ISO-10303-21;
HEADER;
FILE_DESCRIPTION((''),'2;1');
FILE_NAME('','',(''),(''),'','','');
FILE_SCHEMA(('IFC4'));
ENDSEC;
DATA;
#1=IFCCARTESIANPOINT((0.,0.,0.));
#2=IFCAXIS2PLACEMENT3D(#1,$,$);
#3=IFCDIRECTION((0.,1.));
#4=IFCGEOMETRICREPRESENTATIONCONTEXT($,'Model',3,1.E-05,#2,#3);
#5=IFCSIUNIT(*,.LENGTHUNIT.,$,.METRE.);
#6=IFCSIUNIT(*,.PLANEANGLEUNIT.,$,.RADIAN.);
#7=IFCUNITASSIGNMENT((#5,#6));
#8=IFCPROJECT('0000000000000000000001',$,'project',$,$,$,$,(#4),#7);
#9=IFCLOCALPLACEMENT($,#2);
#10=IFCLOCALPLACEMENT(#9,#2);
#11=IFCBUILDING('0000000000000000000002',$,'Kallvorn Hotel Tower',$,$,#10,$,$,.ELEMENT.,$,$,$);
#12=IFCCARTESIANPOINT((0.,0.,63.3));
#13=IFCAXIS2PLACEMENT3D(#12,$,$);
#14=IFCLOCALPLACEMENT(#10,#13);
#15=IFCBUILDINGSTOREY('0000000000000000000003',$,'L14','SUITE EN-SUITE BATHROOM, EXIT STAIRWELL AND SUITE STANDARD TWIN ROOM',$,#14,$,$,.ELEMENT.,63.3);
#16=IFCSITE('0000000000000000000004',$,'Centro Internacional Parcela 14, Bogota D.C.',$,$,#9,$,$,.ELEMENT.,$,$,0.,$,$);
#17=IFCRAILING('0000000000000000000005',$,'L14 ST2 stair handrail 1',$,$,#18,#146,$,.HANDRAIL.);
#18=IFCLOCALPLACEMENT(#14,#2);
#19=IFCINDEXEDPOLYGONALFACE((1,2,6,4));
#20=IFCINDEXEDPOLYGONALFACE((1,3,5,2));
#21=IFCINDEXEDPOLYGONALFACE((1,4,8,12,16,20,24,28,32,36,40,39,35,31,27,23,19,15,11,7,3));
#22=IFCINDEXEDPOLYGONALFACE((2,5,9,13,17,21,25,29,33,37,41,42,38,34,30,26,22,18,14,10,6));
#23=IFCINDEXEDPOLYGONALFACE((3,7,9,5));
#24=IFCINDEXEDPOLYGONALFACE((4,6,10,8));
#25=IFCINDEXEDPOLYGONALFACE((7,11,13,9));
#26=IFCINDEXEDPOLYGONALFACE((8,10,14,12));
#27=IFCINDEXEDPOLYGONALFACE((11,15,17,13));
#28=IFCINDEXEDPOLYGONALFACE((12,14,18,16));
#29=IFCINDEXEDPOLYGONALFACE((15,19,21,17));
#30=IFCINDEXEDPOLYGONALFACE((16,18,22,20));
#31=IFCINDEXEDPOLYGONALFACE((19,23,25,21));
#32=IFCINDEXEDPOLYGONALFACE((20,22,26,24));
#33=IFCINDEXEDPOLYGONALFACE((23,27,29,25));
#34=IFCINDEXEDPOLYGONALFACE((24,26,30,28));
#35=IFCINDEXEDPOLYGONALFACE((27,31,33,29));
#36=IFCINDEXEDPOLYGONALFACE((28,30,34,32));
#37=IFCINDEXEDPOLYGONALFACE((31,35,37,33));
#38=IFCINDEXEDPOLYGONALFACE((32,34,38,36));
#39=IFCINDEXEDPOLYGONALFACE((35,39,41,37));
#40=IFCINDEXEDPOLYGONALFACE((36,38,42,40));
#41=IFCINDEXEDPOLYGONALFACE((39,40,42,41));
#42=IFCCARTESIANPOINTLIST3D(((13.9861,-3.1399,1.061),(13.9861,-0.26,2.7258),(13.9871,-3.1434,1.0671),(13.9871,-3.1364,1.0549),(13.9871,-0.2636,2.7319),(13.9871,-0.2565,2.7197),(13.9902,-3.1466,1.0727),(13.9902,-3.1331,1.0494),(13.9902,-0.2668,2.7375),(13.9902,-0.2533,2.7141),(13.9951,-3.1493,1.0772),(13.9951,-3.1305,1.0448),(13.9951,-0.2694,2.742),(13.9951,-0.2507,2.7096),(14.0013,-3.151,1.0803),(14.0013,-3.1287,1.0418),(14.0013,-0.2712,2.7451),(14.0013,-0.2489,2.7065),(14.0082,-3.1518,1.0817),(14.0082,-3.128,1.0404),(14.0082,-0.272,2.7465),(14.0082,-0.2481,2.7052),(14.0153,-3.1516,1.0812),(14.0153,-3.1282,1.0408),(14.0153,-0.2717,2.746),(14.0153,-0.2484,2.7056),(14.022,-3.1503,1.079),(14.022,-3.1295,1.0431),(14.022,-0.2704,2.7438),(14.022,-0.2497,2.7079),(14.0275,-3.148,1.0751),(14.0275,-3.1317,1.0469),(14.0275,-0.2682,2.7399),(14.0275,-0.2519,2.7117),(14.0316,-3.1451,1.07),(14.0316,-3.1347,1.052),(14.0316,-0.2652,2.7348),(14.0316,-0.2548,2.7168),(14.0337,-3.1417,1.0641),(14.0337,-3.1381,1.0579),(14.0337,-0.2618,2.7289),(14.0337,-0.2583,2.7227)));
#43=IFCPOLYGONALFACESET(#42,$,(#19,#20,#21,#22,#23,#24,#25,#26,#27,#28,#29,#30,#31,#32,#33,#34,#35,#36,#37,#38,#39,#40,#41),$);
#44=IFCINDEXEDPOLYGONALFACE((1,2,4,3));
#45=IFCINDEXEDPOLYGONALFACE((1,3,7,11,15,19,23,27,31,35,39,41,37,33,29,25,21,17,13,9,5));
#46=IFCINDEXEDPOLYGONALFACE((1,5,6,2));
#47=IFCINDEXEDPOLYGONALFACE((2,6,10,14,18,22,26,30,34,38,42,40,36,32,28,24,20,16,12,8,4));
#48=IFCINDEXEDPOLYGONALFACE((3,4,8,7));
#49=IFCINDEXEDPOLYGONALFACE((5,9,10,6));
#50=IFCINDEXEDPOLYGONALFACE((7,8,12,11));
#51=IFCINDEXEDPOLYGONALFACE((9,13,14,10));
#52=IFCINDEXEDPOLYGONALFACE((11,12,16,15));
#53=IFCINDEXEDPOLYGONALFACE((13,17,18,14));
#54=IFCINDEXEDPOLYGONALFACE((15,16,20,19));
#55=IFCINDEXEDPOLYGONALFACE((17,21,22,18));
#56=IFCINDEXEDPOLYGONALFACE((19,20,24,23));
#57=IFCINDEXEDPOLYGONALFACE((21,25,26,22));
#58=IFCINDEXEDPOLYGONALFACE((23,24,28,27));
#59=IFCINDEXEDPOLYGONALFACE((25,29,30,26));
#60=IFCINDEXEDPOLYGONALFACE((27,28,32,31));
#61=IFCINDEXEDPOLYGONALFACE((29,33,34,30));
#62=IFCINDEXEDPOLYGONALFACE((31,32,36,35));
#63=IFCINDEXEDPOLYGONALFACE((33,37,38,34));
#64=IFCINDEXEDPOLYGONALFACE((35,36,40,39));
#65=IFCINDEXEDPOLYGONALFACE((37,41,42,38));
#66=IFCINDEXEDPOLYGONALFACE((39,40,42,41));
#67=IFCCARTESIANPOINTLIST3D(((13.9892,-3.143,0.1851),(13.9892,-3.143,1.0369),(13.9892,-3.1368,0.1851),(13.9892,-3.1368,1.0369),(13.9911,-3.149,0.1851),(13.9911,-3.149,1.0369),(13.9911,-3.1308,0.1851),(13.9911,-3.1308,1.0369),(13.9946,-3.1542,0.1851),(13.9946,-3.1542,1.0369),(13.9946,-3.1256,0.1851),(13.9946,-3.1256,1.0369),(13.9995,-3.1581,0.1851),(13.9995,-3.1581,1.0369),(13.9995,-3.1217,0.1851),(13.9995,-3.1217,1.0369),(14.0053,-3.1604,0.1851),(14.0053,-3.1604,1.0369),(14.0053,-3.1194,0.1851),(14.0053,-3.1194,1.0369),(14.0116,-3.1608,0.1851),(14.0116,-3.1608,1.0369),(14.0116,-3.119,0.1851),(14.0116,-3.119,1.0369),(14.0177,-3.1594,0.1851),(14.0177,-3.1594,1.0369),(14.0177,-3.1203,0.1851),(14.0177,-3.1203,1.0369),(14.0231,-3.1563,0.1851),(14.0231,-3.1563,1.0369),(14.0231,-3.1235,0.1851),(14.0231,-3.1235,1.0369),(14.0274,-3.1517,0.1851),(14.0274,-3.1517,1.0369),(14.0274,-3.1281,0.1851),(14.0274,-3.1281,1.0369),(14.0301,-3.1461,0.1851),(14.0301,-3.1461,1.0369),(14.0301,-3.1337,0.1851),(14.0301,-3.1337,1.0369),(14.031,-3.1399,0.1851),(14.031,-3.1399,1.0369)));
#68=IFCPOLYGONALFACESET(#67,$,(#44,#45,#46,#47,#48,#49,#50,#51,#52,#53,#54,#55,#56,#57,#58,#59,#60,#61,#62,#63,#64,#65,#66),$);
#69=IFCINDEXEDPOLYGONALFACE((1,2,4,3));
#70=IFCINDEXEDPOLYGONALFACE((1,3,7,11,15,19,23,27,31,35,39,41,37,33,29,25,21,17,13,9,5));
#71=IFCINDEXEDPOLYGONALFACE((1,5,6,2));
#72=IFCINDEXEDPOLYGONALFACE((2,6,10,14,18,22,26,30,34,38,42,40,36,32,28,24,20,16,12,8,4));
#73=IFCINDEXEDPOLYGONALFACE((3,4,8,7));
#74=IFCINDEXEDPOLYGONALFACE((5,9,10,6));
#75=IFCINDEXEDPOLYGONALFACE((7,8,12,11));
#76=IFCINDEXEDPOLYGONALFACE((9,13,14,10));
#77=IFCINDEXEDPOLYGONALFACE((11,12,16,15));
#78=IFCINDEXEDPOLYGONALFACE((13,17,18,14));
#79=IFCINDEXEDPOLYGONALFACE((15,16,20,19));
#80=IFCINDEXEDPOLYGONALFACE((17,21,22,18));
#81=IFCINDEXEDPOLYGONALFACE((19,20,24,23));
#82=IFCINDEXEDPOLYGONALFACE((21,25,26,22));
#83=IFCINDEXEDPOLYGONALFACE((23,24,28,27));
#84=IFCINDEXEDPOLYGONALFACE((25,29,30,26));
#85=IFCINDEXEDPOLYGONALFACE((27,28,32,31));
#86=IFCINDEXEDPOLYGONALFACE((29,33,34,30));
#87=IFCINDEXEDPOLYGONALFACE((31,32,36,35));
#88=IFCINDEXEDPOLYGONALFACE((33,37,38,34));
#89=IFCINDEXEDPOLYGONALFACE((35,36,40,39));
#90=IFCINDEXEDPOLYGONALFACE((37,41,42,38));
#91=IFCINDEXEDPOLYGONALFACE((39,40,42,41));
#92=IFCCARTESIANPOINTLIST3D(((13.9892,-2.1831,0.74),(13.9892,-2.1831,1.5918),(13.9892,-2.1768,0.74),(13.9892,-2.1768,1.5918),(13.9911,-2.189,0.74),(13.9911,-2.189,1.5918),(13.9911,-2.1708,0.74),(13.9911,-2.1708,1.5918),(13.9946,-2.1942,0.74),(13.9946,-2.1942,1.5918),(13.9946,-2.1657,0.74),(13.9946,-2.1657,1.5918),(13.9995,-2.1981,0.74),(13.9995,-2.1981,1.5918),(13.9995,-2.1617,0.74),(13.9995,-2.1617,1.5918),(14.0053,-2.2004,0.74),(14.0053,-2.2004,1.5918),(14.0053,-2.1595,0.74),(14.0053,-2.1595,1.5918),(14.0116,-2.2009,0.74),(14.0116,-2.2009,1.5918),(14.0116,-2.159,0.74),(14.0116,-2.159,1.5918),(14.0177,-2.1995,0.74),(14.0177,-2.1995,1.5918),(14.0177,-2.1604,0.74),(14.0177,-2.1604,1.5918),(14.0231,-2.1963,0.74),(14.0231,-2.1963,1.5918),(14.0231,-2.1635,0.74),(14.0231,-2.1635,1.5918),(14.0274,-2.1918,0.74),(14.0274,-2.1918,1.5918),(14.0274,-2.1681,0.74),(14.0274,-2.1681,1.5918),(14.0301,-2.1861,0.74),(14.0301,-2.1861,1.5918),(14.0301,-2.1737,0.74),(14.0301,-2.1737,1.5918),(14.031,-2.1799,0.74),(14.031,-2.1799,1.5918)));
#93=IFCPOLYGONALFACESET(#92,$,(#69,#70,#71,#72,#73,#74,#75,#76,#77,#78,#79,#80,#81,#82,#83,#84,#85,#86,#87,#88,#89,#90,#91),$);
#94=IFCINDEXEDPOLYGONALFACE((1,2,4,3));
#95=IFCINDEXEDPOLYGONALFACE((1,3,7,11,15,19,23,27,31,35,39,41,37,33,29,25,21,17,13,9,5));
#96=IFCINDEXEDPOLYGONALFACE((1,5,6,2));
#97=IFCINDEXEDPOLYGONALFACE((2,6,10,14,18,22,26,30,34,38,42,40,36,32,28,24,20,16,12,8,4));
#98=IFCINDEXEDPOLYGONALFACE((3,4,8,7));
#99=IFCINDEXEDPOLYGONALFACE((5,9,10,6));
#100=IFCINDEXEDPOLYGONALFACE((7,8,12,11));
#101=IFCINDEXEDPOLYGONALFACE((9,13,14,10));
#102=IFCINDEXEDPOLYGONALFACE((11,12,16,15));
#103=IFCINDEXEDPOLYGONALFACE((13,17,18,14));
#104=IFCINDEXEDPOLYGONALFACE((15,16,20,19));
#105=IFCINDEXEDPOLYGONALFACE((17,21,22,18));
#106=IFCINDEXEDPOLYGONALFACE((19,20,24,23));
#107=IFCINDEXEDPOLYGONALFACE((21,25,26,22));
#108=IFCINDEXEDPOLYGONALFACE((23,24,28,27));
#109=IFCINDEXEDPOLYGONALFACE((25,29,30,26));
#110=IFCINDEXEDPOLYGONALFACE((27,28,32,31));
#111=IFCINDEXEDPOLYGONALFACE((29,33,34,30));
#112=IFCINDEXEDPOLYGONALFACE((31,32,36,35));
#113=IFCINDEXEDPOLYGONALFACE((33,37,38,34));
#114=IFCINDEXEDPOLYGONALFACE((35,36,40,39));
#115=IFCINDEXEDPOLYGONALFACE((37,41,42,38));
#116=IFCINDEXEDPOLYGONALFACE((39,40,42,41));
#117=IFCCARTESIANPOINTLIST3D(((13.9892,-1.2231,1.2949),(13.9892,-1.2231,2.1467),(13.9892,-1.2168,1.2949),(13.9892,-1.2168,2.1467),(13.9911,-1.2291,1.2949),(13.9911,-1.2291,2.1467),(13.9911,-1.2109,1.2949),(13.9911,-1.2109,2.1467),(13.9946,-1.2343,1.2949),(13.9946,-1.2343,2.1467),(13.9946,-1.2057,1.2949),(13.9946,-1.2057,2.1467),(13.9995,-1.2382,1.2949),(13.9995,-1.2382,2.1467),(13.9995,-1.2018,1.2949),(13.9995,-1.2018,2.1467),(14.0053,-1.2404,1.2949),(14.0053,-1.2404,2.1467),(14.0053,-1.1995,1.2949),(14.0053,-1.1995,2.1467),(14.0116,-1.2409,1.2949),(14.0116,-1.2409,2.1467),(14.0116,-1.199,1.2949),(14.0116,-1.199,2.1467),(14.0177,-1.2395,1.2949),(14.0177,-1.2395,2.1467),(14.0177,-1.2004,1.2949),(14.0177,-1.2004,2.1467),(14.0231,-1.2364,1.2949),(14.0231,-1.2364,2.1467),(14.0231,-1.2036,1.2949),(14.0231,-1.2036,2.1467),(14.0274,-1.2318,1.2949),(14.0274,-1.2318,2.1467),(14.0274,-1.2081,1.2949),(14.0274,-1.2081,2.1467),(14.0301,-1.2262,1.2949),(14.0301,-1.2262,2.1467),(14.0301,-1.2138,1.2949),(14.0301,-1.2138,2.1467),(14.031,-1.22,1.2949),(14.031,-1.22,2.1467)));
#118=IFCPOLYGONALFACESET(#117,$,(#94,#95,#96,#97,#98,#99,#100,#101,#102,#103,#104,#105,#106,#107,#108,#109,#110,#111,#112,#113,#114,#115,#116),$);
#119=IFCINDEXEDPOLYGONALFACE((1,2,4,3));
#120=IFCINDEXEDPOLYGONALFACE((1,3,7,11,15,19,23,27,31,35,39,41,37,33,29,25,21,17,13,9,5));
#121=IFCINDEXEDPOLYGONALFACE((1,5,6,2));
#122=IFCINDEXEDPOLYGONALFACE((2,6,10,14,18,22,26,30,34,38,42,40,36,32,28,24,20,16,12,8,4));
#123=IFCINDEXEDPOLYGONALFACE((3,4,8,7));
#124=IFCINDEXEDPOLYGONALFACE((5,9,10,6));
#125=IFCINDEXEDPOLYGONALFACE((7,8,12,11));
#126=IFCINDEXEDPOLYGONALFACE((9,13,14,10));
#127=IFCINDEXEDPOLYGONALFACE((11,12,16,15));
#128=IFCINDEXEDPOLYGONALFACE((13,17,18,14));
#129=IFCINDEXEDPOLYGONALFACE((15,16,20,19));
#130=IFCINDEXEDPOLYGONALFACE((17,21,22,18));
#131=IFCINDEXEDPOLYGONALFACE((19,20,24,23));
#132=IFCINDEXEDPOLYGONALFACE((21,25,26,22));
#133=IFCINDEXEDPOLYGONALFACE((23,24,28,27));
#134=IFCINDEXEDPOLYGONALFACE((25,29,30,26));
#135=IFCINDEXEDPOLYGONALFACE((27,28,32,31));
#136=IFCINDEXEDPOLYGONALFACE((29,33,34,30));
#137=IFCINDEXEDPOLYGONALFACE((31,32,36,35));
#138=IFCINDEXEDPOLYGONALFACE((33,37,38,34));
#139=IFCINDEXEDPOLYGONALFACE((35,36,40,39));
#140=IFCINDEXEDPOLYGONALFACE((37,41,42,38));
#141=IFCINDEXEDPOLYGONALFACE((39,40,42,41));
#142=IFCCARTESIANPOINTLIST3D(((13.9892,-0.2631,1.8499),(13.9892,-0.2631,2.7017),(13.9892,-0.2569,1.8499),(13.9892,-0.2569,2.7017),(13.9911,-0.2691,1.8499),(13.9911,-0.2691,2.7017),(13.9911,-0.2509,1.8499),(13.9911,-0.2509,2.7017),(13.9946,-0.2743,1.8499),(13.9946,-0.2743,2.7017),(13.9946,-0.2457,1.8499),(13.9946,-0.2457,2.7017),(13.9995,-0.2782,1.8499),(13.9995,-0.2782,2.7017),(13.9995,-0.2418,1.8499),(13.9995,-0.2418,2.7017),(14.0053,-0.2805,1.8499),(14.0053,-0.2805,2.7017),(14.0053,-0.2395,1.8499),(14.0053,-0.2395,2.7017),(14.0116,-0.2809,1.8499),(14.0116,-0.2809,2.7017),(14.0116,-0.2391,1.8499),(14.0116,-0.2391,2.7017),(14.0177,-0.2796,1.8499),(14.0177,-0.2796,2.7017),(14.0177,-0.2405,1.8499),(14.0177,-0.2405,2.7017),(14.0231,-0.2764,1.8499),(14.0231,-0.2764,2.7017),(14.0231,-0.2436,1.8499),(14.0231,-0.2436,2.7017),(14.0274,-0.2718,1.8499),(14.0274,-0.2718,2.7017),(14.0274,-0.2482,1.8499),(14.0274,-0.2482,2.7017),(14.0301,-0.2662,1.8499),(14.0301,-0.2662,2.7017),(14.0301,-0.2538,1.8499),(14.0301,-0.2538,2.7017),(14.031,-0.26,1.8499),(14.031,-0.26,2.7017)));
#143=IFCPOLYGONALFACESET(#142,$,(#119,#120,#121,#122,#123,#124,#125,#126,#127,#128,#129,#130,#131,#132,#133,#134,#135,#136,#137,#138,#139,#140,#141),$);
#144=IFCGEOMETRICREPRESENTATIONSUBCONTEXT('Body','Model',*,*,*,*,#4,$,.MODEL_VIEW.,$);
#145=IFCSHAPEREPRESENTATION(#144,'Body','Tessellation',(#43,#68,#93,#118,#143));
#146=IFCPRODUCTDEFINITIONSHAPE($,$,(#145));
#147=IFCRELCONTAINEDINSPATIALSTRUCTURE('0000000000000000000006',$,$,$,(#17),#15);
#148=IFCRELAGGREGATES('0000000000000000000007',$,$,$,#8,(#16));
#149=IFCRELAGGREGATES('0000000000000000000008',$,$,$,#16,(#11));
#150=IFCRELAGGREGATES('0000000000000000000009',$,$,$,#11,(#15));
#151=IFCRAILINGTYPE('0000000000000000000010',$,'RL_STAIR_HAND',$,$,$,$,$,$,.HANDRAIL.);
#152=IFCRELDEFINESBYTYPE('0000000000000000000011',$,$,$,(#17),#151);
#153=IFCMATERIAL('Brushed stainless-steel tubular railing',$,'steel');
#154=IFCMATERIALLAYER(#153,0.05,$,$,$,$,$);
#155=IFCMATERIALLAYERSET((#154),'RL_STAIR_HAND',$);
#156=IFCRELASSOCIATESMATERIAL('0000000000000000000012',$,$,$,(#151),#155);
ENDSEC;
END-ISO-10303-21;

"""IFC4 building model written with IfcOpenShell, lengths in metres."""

from ifc_helpers import new_model, si_unit, direction, frame, origin, origin_2d, place, context, subcontext, project, spatial, circle, extrude, material, layer, layer_set, type_object, element, save


model = new_model("IFC4")

# Units and contexts
model_context = context("Model", 3, precision=1e-05, world=origin(), true_north=direction((0.0, 1.0)))
body_context = subcontext(model_context, "Body", "Model", "MODEL_VIEW")
ifc_project = project(units=[si_unit("LENGTHUNIT", "METRE"), si_unit("PLANEANGLEUNIT", "RADIAN")], contexts=[model_context])

# Site, building, storey
site_placement = place(None, origin())
site = spatial("IfcSite", under=ifc_project, at=site_placement, Name="Centro Internacional Parcela 14, Bogota D.C.", CompositionType="ELEMENT", RefElevation=0.0)
building_placement = place(site_placement, origin())
building = spatial("IfcBuilding", under=site, at=building_placement, Name="Kallvorn Hotel Tower", CompositionType="ELEMENT")
storey_placement = place(building_placement, frame((0.0, 0.0, 63.3)))
storey = spatial("IfcBuildingStorey", under=building, at=storey_placement, Name="L14", Description="SUITE EN-SUITE BATHROOM, EXIT STAIRWELL AND SUITE STANDARD TWIN ROOM", CompositionType="ELEMENT", Elevation=63.3)

# Railing
ifc_material_1 = material(Name="Brushed stainless-steel tubular railing", Category="steel")
ifc_layer_1 = layer(ifc_material_1, 0.05)
ifc_layer_set_1 = layer_set([ifc_layer_1], Name="RL_STAIR_HAND")
railing_type_1 = type_object("IfcRailingType", Name="RL_STAIR_HAND", PredefinedType="HANDRAIL", material=ifc_layer_set_1)
railing_1_placement = place(storey_placement, frame((14.01, -3.1399, 0.1851)))
element("IfcRailing", 1, at=railing_1_placement, inside=storey, type_object=railing_type_1, Name="L14 ST2 stair handrail 1", PredefinedType="HANDRAIL", context=body_context, shape_type="SweptSolid", body=[
    extrude(circle(Radius=0.0239, at=origin_2d()), frame((0.0, 0.0, 0.876), z_axis=(0.0, 0.865753, 0.500472), x_axis=(-1.0, 0.0, 0.0)), (0.0, 0.0, 1.0), 3.3264),
    extrude(circle(Radius=0.021, at=origin_2d()), origin(), (0.0, 0.0, 1.0), 0.8518),
    extrude(circle(Radius=0.021, at=origin_2d()), frame((0.0, 0.96, 0.5549)), (0.0, 0.0, 1.0), 0.8518),
    extrude(circle(Radius=0.021, at=origin_2d()), frame((0.0, 1.9199, 1.1099)), (0.0, 0.0, 1.0), 0.8518),
    extrude(circle(Radius=0.021, at=origin_2d()), frame((0.0, 2.8799, 1.6648)), (0.0, 0.0, 1.0), 0.8518),
])

save(model, "model.ifc")
